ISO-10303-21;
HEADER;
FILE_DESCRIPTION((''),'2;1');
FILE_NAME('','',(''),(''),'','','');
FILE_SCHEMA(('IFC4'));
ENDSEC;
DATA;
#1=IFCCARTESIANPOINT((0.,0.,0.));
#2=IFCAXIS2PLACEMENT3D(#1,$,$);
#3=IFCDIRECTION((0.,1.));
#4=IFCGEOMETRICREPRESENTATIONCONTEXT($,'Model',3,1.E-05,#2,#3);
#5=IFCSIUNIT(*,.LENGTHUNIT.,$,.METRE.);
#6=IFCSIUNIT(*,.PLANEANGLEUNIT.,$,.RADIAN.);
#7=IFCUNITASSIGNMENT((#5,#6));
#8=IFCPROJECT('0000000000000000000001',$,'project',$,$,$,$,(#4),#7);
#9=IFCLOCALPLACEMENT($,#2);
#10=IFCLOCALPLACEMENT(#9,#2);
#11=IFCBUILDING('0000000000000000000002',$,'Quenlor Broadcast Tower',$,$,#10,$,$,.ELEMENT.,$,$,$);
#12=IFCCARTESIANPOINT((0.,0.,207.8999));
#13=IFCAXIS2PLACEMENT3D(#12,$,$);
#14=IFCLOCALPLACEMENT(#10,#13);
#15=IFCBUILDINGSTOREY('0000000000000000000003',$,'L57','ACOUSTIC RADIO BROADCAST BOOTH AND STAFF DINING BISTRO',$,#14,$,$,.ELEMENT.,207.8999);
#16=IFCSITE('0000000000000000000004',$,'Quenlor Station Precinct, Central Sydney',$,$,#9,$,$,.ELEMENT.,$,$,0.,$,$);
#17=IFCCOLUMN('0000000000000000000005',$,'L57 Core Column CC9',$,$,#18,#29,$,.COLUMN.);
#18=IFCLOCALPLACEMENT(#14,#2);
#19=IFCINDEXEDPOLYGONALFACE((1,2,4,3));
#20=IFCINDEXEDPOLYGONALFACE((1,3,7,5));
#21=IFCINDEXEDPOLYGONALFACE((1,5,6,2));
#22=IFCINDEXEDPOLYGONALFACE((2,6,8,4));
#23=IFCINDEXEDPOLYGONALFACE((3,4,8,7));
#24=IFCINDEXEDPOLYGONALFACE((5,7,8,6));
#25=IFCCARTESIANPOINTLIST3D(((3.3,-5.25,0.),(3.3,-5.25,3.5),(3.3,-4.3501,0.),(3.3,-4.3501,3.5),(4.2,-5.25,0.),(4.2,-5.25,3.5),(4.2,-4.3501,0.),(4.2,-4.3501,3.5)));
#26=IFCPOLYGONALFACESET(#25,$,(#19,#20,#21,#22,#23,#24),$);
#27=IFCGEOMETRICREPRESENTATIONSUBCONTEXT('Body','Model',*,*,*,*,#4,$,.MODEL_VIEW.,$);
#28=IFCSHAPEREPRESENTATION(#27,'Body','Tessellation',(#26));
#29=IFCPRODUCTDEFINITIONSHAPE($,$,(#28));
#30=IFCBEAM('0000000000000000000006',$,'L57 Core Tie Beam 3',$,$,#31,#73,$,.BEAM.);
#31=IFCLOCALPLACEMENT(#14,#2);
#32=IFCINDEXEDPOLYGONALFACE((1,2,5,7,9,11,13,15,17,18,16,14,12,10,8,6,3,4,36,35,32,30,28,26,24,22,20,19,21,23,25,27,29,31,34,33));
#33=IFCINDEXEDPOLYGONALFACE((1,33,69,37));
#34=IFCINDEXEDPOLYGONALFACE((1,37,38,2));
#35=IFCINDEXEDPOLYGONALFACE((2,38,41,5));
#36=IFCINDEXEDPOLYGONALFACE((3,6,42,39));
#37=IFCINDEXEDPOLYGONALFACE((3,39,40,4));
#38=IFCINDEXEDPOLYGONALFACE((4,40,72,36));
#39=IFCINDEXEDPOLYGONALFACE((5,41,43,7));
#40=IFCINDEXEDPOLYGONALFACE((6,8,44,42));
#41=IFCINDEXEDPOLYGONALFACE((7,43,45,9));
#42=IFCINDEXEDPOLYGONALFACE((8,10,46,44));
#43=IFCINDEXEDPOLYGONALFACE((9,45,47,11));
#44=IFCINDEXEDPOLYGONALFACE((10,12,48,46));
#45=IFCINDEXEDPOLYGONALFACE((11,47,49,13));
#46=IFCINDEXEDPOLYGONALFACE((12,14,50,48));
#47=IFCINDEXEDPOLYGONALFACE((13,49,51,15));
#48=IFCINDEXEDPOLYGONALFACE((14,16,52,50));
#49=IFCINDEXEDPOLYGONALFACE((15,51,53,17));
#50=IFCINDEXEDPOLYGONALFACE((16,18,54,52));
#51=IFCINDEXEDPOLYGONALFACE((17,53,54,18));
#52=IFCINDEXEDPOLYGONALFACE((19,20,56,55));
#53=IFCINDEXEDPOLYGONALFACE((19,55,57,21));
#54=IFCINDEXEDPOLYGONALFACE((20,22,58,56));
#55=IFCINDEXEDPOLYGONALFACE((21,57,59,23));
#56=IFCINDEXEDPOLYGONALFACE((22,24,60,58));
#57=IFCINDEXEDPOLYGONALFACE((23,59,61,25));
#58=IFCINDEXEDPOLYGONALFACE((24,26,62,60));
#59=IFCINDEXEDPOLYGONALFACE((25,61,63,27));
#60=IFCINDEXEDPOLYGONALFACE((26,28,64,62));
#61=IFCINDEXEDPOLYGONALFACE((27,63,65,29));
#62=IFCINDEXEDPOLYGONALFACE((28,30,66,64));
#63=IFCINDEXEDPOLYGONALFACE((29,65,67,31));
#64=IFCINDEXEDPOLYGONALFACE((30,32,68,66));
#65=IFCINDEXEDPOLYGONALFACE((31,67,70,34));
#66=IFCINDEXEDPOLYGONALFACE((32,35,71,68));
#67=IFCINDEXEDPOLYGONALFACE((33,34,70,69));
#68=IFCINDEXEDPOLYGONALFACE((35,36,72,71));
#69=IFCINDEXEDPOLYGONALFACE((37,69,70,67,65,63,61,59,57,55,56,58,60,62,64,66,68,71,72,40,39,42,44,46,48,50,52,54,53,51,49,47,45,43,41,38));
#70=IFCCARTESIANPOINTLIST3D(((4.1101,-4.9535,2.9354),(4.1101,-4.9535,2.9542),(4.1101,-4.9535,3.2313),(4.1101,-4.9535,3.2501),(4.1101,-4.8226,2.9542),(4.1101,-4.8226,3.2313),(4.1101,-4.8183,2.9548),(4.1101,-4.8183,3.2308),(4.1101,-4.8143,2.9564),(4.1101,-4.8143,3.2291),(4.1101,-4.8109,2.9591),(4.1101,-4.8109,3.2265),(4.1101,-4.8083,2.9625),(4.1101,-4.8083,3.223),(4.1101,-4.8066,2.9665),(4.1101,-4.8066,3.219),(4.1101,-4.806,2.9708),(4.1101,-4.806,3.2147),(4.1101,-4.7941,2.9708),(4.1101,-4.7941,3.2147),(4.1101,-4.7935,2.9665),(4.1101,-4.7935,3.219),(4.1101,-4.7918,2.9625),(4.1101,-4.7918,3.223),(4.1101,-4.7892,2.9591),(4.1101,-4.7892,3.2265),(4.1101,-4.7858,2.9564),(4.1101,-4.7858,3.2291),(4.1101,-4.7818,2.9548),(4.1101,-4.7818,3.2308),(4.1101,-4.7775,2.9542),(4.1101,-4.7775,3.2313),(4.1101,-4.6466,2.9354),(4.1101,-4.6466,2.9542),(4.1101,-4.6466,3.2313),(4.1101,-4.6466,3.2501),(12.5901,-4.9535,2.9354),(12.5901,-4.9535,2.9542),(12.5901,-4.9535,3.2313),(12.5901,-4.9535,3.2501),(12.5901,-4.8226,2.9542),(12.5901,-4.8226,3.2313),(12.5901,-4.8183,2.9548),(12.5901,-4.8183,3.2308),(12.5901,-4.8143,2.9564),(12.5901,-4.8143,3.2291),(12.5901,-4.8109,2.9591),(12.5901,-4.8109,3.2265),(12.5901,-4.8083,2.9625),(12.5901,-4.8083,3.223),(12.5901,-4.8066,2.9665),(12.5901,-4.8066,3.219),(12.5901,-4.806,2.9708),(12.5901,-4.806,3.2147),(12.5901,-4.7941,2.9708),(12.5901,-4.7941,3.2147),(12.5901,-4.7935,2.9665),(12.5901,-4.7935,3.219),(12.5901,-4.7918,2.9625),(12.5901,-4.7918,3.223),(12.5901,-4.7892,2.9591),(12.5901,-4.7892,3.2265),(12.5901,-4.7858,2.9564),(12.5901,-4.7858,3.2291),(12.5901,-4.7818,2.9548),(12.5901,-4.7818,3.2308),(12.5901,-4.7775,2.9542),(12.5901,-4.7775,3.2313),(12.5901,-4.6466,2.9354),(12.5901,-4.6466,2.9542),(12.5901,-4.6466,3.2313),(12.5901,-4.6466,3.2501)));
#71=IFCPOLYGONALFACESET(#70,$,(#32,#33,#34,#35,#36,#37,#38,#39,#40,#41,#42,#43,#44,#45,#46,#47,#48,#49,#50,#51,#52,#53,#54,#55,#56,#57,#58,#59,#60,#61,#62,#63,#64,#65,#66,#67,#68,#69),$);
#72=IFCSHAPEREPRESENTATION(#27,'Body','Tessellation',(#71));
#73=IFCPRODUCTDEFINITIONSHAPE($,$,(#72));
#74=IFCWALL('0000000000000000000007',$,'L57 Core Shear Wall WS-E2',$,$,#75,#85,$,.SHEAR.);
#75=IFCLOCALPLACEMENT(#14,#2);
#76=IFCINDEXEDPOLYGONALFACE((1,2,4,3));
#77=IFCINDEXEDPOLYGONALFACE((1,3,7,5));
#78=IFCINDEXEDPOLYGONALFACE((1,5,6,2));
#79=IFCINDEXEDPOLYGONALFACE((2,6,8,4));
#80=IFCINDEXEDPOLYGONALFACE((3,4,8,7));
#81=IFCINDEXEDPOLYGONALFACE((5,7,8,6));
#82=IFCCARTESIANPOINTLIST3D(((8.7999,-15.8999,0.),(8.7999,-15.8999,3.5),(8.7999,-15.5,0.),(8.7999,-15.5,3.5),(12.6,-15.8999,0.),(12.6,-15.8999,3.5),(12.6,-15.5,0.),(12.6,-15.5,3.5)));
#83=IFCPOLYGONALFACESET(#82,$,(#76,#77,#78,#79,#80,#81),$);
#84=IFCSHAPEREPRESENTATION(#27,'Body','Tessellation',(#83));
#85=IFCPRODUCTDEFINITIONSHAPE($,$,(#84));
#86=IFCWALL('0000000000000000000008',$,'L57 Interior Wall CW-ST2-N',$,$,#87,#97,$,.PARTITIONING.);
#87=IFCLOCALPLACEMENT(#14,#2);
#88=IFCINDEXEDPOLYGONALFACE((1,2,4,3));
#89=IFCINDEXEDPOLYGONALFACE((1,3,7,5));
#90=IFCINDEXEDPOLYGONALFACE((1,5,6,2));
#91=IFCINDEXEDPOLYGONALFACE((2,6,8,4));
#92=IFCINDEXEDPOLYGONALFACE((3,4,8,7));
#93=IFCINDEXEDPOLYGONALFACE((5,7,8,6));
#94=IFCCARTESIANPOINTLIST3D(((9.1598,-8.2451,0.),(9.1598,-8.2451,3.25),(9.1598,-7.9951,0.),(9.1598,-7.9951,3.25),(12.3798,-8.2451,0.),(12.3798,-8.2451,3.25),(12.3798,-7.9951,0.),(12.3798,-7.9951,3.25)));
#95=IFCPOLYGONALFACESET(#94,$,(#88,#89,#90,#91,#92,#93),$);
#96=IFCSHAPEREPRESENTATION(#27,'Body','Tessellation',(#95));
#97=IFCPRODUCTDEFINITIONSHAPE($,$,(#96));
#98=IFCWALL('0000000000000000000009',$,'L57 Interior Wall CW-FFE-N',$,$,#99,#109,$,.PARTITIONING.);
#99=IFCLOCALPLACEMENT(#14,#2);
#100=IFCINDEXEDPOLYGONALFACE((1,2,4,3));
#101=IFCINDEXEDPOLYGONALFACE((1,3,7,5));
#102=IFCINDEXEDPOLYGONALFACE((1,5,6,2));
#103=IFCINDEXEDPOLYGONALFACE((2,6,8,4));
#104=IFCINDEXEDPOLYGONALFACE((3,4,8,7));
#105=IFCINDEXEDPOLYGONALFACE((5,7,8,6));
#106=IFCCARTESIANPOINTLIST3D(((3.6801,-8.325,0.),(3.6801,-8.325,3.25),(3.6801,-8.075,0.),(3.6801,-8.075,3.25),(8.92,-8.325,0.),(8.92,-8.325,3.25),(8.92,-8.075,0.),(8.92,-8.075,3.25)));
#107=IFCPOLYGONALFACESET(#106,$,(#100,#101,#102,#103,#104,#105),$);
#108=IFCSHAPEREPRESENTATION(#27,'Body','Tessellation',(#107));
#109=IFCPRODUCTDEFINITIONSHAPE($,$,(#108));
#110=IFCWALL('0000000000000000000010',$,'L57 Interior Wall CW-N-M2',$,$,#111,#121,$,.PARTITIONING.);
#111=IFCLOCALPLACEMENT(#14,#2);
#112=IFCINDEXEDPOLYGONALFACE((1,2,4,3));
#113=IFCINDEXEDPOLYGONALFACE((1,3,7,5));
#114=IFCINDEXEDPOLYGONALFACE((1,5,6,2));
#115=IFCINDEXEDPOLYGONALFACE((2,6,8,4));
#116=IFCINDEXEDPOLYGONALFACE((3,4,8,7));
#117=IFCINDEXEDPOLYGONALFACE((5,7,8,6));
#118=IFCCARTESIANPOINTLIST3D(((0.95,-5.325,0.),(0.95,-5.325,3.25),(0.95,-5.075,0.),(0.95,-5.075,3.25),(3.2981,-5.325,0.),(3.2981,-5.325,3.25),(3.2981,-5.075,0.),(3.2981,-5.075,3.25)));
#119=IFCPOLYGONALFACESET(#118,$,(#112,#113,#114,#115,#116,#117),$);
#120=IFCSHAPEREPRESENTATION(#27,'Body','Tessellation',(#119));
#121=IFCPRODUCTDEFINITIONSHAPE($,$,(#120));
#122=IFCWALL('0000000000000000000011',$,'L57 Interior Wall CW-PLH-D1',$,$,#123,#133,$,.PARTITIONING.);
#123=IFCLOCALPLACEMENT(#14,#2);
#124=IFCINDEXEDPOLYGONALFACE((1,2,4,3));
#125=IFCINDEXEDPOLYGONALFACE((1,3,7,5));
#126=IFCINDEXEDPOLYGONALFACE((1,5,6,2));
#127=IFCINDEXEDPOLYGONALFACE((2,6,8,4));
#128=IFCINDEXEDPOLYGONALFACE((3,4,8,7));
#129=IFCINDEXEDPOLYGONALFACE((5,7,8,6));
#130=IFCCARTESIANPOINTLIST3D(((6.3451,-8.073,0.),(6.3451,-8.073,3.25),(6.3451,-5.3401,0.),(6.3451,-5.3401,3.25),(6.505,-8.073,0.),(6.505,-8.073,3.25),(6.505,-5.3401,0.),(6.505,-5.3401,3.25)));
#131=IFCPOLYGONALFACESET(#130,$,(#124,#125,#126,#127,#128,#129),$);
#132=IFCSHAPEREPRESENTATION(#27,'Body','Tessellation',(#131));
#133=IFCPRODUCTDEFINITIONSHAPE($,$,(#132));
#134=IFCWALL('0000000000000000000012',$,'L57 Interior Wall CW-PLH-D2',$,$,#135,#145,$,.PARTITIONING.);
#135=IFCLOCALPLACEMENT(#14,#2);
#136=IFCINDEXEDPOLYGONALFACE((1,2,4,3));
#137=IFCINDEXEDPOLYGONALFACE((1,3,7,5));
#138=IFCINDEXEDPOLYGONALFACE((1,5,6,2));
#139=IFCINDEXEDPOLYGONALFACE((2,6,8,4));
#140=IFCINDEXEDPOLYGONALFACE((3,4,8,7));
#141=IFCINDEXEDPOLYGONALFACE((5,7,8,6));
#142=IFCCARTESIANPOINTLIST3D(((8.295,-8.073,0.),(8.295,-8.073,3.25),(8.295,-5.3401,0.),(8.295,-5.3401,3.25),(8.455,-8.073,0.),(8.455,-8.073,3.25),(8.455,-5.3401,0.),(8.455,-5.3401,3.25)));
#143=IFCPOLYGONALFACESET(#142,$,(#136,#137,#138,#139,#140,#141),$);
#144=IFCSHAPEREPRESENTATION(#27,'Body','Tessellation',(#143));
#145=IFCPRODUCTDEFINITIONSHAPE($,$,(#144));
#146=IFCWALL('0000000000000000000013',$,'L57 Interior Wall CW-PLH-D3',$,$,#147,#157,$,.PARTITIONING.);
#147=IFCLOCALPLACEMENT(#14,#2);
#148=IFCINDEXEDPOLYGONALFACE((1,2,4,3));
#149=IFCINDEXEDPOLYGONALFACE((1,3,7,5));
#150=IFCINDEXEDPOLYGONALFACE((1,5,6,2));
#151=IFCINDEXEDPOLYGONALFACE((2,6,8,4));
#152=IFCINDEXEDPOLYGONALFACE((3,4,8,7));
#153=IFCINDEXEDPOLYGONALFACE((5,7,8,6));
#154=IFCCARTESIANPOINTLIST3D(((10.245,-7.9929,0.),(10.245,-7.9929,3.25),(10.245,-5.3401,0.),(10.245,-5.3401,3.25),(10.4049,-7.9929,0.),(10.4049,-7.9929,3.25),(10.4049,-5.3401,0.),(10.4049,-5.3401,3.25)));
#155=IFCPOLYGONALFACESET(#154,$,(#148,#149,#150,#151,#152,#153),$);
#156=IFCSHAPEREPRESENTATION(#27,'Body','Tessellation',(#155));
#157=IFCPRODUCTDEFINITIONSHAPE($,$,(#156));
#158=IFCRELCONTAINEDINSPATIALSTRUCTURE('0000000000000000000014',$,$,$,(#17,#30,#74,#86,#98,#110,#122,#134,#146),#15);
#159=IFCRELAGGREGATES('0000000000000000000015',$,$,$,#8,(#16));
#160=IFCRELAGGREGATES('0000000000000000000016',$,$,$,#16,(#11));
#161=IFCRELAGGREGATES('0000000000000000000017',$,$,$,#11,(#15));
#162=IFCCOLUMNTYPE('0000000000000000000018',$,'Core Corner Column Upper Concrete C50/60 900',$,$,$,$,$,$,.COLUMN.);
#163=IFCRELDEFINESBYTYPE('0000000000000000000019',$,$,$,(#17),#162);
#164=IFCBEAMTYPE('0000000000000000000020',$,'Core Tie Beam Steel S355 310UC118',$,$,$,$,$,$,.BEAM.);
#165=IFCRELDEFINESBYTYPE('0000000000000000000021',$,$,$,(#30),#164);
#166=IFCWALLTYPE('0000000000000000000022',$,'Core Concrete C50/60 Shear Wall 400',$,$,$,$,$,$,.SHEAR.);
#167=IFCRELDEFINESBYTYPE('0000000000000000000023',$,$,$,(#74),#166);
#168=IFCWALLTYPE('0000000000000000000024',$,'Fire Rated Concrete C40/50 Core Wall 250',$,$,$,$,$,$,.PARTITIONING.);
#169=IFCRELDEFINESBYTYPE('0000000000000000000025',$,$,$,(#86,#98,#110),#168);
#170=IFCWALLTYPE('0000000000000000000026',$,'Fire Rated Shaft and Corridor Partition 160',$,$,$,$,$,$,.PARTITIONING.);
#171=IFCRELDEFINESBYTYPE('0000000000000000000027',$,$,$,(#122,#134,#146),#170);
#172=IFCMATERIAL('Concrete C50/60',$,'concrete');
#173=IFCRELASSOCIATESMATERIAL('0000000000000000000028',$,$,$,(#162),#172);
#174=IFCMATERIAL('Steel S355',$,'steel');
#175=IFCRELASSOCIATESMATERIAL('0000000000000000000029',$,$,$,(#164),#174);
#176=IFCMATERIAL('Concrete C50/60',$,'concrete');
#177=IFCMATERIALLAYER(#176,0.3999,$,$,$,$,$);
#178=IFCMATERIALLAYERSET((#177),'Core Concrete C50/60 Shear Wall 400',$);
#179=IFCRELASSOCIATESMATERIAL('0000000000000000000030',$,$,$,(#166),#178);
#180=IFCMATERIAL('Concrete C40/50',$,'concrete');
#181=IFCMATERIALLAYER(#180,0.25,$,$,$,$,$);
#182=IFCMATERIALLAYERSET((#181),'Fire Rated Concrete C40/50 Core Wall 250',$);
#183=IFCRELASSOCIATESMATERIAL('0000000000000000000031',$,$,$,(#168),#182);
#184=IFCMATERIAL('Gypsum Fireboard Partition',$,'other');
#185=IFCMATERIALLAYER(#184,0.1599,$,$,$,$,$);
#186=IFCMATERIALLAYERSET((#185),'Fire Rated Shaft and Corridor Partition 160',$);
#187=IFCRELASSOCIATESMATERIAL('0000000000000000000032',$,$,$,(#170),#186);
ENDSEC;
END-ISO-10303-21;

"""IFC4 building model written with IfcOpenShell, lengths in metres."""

from ifc_helpers import new_model, si_unit, direction, frame, frame_2d, origin, origin_2d, place, context, subcontext, project, spatial, rectangle, i_section, extrude, material, layer, layer_set, material_profile, profile_set, type_object, element, save


model = new_model("IFC4")

# Units and contexts
model_context = context("Model", 3, precision=1e-05, world=origin(), true_north=direction((0.0, 1.0)))
body_context = subcontext(model_context, "Body", "Model", "MODEL_VIEW")
ifc_project = project(units=[si_unit("LENGTHUNIT", "METRE"), si_unit("PLANEANGLEUNIT", "RADIAN")], contexts=[model_context])

# Site, building, storey
site_placement = place(None, origin())
site = spatial("IfcSite", under=ifc_project, at=site_placement, Name="Quenlor Station Precinct, Central Sydney", CompositionType="ELEMENT", RefElevation=0.0)
building_placement = place(site_placement, origin())
building = spatial("IfcBuilding", under=site, at=building_placement, Name="Quenlor Broadcast Tower", CompositionType="ELEMENT")
storey_placement = place(building_placement, frame((0.0, 0.0, 207.8999)))
storey = spatial("IfcBuildingStorey", under=building, at=storey_placement, Name="L57", Description="ACOUSTIC RADIO BROADCAST BOOTH AND STAFF DINING BISTRO", CompositionType="ELEMENT", Elevation=207.8999)

# Column
ifc_material_1 = material(Name="Concrete C50/60", Category="concrete")
ifc_material_profile_1 = material_profile(ifc_material_1, rectangle(XDim=0.8999, YDim=0.8999, at=origin_2d()))
ifc_profile_set_1 = profile_set([ifc_material_profile_1], Name="Concrete C50/60 RC900x900")
column_type = type_object("IfcColumnType", Name="Core Corner Column Upper Concrete C50/60 900", PredefinedType="COLUMN", material=ifc_profile_set_1)
column_placement = place(storey_placement, frame((3.75, -4.8, 0.0), z_axis=(0.0, 0.0, 1.0), x_axis=(1.0, 0.0, 0.0)))
element("IfcColumn", 1, at=column_placement, inside=storey, type_object=column_type, Name="L57 Core Column CC9", PredefinedType="COLUMN", context=body_context, shape_type="SweptSolid", body=[
    extrude(rectangle(XDim=0.8999, YDim=0.8999, at=origin_2d()), origin(), (0.0, 0.0, 1.0), 3.5),
])

# Beam
ifc_material_2 = material(Name="Steel S355", Category="steel")
ifc_material_profile_2 = material_profile(ifc_material_2, i_section(OverallWidth=0.3069, OverallDepth=0.3147, WebThickness=0.012, FlangeThickness=0.0188, FilletRadius=0.0166, at=origin_2d()))
ifc_profile_set_2 = profile_set([ifc_material_profile_2], Name="Steel S355 310UC118")
beam_type = type_object("IfcBeamType", Name="Core Tie Beam Steel S355 310UC118", PredefinedType="BEAM", material=ifc_profile_set_2)
beam_placement = place(storey_placement, frame((4.1101, -4.8, 3.0928), z_axis=(1.0, 0.0, 0.0), x_axis=(0.0, 1.0, 0.0)))
element("IfcBeam", 2, at=beam_placement, inside=storey, type_object=beam_type, Name="L57 Core Tie Beam 3", PredefinedType="BEAM", context=body_context, shape_type="SweptSolid", body=[
    extrude(i_section(OverallWidth=0.3069, OverallDepth=0.3147, WebThickness=0.012, FlangeThickness=0.0188, FilletRadius=0.0166, at=origin_2d()), origin(), (0.0, 0.0, 1.0), 8.48),
])

# Wall
ifc_material_3 = material(Name="Concrete C50/60", Category="concrete")
ifc_layer_1 = layer(ifc_material_3, 0.3999)
ifc_layer_set_1 = layer_set([ifc_layer_1], Name="Core Concrete C50/60 Shear Wall 400")
wall_type_1 = type_object("IfcWallType", Name="Core Concrete C50/60 Shear Wall 400", PredefinedType="SHEAR", material=ifc_layer_set_1)
wall_1_placement = place(storey_placement, frame((8.8, -15.7, 0.0), z_axis=(0.0, 0.0, 1.0), x_axis=(1.0, 0.0, 0.0)))
element("IfcWall", 3, at=wall_1_placement, inside=storey, type_object=wall_type_1, Name="L57 Core Shear Wall WS-E2", PredefinedType="SHEAR", context=body_context, shape_type="SweptSolid", body=[
    extrude(rectangle(XDim=3.8, YDim=0.3999, at=frame_2d((1.8999, 0.0))), origin(), (0.0, 0.0, 1.0), 3.5),
])

# Shared definitions
ifc_material_4 = material(Name="Concrete C40/50", Category="concrete")
ifc_layer_2 = layer(ifc_material_4, 0.25)
ifc_layer_set_2 = layer_set([ifc_layer_2], Name="Fire Rated Concrete C40/50 Core Wall 250")
wall_type_2 = type_object("IfcWallType", Name="Fire Rated Concrete C40/50 Core Wall 250", PredefinedType="PARTITIONING", material=ifc_layer_set_2)

# Wall
wall_2_placement = place(storey_placement, frame((9.1599, -8.1201, 0.0), z_axis=(0.0, 0.0, 1.0), x_axis=(1.0, 0.0, 0.0)))
element("IfcWall", 4, at=wall_2_placement, inside=storey, type_object=wall_type_2, Name="L57 Interior Wall CW-ST2-N", PredefinedType="PARTITIONING", context=body_context, shape_type="SweptSolid", body=[
    extrude(rectangle(XDim=3.22, YDim=0.25, at=frame_2d((1.6099, 0.0))), origin(), (0.0, 0.0, 1.0), 3.25),
])

# Wall
wall_3_placement = place(storey_placement, frame((3.6799, -8.2, 0.0), z_axis=(0.0, 0.0, 1.0), x_axis=(1.0, 0.0, 0.0)))
element("IfcWall", 5, at=wall_3_placement, inside=storey, type_object=wall_type_2, Name="L57 Interior Wall CW-FFE-N", PredefinedType="PARTITIONING", context=body_context, shape_type="SweptSolid", body=[
    extrude(rectangle(XDim=5.24, YDim=0.25, at=frame_2d((2.6201, 0.0))), origin(), (0.0, 0.0, 1.0), 3.25),
])

# Walls
wall_4_placement = place(storey_placement, frame((0.95, -5.2, 0.0), z_axis=(0.0, 0.0, 1.0), x_axis=(1.0, 0.0, 0.0)))
element("IfcWall", 6, at=wall_4_placement, inside=storey, type_object=wall_type_2, Name="L57 Interior Wall CW-N-M2", PredefinedType="PARTITIONING", context=body_context, shape_type="SweptSolid", body=[
    extrude(rectangle(XDim=2.3481, YDim=0.25, at=frame_2d((1.1741, 0.0))), origin(), (0.0, 0.0, 1.0), 3.25),
])
ifc_material_5 = material(Name="Gypsum Fireboard Partition", Category="other")
ifc_layer_3 = layer(ifc_material_5, 0.1599)
ifc_layer_set_3 = layer_set([ifc_layer_3], Name="Fire Rated Shaft and Corridor Partition 160")
wall_type_3 = type_object("IfcWallType", Name="Fire Rated Shaft and Corridor Partition 160", PredefinedType="PARTITIONING", material=ifc_layer_set_3)
for number, where, z_axis, x_axis, name in (
    (7, (6.425, -8.073, 0.0), (0.0, 0.0, 1.0), (0.0, 1.0, 0.0), "L57 Interior Wall CW-PLH-D1"),
    (8, (8.375, -8.073, 0.0), (0.0, 0.0, 1.0), (0.0, 1.0, 0.0), "L57 Interior Wall CW-PLH-D2"),
):
    element("IfcWall", number, at=place(storey_placement, frame(where, z_axis=z_axis, x_axis=x_axis)), inside=storey, type_object=wall_type_3, Name=name, PredefinedType="PARTITIONING", context=body_context, shape_type="SweptSolid", body=[
        extrude(rectangle(XDim=2.7329, YDim=0.1599, at=frame_2d((1.3665, 0.0))), origin(), (0.0, 0.0, 1.0), 3.25),
    ])
wall_5_placement = place(storey_placement, frame((10.325, -7.9929, 0.0), z_axis=(0.0, 0.0, 1.0), x_axis=(0.0, 1.0, 0.0)))
element("IfcWall", 9, at=wall_5_placement, inside=storey, type_object=wall_type_3, Name="L57 Interior Wall CW-PLH-D3", PredefinedType="PARTITIONING", context=body_context, shape_type="SweptSolid", body=[
    extrude(rectangle(XDim=2.6528, YDim=0.1599, at=frame_2d((1.3264, 0.0))), origin(), (0.0, 0.0, 1.0), 3.25),
])

save(model, "model.ifc")
